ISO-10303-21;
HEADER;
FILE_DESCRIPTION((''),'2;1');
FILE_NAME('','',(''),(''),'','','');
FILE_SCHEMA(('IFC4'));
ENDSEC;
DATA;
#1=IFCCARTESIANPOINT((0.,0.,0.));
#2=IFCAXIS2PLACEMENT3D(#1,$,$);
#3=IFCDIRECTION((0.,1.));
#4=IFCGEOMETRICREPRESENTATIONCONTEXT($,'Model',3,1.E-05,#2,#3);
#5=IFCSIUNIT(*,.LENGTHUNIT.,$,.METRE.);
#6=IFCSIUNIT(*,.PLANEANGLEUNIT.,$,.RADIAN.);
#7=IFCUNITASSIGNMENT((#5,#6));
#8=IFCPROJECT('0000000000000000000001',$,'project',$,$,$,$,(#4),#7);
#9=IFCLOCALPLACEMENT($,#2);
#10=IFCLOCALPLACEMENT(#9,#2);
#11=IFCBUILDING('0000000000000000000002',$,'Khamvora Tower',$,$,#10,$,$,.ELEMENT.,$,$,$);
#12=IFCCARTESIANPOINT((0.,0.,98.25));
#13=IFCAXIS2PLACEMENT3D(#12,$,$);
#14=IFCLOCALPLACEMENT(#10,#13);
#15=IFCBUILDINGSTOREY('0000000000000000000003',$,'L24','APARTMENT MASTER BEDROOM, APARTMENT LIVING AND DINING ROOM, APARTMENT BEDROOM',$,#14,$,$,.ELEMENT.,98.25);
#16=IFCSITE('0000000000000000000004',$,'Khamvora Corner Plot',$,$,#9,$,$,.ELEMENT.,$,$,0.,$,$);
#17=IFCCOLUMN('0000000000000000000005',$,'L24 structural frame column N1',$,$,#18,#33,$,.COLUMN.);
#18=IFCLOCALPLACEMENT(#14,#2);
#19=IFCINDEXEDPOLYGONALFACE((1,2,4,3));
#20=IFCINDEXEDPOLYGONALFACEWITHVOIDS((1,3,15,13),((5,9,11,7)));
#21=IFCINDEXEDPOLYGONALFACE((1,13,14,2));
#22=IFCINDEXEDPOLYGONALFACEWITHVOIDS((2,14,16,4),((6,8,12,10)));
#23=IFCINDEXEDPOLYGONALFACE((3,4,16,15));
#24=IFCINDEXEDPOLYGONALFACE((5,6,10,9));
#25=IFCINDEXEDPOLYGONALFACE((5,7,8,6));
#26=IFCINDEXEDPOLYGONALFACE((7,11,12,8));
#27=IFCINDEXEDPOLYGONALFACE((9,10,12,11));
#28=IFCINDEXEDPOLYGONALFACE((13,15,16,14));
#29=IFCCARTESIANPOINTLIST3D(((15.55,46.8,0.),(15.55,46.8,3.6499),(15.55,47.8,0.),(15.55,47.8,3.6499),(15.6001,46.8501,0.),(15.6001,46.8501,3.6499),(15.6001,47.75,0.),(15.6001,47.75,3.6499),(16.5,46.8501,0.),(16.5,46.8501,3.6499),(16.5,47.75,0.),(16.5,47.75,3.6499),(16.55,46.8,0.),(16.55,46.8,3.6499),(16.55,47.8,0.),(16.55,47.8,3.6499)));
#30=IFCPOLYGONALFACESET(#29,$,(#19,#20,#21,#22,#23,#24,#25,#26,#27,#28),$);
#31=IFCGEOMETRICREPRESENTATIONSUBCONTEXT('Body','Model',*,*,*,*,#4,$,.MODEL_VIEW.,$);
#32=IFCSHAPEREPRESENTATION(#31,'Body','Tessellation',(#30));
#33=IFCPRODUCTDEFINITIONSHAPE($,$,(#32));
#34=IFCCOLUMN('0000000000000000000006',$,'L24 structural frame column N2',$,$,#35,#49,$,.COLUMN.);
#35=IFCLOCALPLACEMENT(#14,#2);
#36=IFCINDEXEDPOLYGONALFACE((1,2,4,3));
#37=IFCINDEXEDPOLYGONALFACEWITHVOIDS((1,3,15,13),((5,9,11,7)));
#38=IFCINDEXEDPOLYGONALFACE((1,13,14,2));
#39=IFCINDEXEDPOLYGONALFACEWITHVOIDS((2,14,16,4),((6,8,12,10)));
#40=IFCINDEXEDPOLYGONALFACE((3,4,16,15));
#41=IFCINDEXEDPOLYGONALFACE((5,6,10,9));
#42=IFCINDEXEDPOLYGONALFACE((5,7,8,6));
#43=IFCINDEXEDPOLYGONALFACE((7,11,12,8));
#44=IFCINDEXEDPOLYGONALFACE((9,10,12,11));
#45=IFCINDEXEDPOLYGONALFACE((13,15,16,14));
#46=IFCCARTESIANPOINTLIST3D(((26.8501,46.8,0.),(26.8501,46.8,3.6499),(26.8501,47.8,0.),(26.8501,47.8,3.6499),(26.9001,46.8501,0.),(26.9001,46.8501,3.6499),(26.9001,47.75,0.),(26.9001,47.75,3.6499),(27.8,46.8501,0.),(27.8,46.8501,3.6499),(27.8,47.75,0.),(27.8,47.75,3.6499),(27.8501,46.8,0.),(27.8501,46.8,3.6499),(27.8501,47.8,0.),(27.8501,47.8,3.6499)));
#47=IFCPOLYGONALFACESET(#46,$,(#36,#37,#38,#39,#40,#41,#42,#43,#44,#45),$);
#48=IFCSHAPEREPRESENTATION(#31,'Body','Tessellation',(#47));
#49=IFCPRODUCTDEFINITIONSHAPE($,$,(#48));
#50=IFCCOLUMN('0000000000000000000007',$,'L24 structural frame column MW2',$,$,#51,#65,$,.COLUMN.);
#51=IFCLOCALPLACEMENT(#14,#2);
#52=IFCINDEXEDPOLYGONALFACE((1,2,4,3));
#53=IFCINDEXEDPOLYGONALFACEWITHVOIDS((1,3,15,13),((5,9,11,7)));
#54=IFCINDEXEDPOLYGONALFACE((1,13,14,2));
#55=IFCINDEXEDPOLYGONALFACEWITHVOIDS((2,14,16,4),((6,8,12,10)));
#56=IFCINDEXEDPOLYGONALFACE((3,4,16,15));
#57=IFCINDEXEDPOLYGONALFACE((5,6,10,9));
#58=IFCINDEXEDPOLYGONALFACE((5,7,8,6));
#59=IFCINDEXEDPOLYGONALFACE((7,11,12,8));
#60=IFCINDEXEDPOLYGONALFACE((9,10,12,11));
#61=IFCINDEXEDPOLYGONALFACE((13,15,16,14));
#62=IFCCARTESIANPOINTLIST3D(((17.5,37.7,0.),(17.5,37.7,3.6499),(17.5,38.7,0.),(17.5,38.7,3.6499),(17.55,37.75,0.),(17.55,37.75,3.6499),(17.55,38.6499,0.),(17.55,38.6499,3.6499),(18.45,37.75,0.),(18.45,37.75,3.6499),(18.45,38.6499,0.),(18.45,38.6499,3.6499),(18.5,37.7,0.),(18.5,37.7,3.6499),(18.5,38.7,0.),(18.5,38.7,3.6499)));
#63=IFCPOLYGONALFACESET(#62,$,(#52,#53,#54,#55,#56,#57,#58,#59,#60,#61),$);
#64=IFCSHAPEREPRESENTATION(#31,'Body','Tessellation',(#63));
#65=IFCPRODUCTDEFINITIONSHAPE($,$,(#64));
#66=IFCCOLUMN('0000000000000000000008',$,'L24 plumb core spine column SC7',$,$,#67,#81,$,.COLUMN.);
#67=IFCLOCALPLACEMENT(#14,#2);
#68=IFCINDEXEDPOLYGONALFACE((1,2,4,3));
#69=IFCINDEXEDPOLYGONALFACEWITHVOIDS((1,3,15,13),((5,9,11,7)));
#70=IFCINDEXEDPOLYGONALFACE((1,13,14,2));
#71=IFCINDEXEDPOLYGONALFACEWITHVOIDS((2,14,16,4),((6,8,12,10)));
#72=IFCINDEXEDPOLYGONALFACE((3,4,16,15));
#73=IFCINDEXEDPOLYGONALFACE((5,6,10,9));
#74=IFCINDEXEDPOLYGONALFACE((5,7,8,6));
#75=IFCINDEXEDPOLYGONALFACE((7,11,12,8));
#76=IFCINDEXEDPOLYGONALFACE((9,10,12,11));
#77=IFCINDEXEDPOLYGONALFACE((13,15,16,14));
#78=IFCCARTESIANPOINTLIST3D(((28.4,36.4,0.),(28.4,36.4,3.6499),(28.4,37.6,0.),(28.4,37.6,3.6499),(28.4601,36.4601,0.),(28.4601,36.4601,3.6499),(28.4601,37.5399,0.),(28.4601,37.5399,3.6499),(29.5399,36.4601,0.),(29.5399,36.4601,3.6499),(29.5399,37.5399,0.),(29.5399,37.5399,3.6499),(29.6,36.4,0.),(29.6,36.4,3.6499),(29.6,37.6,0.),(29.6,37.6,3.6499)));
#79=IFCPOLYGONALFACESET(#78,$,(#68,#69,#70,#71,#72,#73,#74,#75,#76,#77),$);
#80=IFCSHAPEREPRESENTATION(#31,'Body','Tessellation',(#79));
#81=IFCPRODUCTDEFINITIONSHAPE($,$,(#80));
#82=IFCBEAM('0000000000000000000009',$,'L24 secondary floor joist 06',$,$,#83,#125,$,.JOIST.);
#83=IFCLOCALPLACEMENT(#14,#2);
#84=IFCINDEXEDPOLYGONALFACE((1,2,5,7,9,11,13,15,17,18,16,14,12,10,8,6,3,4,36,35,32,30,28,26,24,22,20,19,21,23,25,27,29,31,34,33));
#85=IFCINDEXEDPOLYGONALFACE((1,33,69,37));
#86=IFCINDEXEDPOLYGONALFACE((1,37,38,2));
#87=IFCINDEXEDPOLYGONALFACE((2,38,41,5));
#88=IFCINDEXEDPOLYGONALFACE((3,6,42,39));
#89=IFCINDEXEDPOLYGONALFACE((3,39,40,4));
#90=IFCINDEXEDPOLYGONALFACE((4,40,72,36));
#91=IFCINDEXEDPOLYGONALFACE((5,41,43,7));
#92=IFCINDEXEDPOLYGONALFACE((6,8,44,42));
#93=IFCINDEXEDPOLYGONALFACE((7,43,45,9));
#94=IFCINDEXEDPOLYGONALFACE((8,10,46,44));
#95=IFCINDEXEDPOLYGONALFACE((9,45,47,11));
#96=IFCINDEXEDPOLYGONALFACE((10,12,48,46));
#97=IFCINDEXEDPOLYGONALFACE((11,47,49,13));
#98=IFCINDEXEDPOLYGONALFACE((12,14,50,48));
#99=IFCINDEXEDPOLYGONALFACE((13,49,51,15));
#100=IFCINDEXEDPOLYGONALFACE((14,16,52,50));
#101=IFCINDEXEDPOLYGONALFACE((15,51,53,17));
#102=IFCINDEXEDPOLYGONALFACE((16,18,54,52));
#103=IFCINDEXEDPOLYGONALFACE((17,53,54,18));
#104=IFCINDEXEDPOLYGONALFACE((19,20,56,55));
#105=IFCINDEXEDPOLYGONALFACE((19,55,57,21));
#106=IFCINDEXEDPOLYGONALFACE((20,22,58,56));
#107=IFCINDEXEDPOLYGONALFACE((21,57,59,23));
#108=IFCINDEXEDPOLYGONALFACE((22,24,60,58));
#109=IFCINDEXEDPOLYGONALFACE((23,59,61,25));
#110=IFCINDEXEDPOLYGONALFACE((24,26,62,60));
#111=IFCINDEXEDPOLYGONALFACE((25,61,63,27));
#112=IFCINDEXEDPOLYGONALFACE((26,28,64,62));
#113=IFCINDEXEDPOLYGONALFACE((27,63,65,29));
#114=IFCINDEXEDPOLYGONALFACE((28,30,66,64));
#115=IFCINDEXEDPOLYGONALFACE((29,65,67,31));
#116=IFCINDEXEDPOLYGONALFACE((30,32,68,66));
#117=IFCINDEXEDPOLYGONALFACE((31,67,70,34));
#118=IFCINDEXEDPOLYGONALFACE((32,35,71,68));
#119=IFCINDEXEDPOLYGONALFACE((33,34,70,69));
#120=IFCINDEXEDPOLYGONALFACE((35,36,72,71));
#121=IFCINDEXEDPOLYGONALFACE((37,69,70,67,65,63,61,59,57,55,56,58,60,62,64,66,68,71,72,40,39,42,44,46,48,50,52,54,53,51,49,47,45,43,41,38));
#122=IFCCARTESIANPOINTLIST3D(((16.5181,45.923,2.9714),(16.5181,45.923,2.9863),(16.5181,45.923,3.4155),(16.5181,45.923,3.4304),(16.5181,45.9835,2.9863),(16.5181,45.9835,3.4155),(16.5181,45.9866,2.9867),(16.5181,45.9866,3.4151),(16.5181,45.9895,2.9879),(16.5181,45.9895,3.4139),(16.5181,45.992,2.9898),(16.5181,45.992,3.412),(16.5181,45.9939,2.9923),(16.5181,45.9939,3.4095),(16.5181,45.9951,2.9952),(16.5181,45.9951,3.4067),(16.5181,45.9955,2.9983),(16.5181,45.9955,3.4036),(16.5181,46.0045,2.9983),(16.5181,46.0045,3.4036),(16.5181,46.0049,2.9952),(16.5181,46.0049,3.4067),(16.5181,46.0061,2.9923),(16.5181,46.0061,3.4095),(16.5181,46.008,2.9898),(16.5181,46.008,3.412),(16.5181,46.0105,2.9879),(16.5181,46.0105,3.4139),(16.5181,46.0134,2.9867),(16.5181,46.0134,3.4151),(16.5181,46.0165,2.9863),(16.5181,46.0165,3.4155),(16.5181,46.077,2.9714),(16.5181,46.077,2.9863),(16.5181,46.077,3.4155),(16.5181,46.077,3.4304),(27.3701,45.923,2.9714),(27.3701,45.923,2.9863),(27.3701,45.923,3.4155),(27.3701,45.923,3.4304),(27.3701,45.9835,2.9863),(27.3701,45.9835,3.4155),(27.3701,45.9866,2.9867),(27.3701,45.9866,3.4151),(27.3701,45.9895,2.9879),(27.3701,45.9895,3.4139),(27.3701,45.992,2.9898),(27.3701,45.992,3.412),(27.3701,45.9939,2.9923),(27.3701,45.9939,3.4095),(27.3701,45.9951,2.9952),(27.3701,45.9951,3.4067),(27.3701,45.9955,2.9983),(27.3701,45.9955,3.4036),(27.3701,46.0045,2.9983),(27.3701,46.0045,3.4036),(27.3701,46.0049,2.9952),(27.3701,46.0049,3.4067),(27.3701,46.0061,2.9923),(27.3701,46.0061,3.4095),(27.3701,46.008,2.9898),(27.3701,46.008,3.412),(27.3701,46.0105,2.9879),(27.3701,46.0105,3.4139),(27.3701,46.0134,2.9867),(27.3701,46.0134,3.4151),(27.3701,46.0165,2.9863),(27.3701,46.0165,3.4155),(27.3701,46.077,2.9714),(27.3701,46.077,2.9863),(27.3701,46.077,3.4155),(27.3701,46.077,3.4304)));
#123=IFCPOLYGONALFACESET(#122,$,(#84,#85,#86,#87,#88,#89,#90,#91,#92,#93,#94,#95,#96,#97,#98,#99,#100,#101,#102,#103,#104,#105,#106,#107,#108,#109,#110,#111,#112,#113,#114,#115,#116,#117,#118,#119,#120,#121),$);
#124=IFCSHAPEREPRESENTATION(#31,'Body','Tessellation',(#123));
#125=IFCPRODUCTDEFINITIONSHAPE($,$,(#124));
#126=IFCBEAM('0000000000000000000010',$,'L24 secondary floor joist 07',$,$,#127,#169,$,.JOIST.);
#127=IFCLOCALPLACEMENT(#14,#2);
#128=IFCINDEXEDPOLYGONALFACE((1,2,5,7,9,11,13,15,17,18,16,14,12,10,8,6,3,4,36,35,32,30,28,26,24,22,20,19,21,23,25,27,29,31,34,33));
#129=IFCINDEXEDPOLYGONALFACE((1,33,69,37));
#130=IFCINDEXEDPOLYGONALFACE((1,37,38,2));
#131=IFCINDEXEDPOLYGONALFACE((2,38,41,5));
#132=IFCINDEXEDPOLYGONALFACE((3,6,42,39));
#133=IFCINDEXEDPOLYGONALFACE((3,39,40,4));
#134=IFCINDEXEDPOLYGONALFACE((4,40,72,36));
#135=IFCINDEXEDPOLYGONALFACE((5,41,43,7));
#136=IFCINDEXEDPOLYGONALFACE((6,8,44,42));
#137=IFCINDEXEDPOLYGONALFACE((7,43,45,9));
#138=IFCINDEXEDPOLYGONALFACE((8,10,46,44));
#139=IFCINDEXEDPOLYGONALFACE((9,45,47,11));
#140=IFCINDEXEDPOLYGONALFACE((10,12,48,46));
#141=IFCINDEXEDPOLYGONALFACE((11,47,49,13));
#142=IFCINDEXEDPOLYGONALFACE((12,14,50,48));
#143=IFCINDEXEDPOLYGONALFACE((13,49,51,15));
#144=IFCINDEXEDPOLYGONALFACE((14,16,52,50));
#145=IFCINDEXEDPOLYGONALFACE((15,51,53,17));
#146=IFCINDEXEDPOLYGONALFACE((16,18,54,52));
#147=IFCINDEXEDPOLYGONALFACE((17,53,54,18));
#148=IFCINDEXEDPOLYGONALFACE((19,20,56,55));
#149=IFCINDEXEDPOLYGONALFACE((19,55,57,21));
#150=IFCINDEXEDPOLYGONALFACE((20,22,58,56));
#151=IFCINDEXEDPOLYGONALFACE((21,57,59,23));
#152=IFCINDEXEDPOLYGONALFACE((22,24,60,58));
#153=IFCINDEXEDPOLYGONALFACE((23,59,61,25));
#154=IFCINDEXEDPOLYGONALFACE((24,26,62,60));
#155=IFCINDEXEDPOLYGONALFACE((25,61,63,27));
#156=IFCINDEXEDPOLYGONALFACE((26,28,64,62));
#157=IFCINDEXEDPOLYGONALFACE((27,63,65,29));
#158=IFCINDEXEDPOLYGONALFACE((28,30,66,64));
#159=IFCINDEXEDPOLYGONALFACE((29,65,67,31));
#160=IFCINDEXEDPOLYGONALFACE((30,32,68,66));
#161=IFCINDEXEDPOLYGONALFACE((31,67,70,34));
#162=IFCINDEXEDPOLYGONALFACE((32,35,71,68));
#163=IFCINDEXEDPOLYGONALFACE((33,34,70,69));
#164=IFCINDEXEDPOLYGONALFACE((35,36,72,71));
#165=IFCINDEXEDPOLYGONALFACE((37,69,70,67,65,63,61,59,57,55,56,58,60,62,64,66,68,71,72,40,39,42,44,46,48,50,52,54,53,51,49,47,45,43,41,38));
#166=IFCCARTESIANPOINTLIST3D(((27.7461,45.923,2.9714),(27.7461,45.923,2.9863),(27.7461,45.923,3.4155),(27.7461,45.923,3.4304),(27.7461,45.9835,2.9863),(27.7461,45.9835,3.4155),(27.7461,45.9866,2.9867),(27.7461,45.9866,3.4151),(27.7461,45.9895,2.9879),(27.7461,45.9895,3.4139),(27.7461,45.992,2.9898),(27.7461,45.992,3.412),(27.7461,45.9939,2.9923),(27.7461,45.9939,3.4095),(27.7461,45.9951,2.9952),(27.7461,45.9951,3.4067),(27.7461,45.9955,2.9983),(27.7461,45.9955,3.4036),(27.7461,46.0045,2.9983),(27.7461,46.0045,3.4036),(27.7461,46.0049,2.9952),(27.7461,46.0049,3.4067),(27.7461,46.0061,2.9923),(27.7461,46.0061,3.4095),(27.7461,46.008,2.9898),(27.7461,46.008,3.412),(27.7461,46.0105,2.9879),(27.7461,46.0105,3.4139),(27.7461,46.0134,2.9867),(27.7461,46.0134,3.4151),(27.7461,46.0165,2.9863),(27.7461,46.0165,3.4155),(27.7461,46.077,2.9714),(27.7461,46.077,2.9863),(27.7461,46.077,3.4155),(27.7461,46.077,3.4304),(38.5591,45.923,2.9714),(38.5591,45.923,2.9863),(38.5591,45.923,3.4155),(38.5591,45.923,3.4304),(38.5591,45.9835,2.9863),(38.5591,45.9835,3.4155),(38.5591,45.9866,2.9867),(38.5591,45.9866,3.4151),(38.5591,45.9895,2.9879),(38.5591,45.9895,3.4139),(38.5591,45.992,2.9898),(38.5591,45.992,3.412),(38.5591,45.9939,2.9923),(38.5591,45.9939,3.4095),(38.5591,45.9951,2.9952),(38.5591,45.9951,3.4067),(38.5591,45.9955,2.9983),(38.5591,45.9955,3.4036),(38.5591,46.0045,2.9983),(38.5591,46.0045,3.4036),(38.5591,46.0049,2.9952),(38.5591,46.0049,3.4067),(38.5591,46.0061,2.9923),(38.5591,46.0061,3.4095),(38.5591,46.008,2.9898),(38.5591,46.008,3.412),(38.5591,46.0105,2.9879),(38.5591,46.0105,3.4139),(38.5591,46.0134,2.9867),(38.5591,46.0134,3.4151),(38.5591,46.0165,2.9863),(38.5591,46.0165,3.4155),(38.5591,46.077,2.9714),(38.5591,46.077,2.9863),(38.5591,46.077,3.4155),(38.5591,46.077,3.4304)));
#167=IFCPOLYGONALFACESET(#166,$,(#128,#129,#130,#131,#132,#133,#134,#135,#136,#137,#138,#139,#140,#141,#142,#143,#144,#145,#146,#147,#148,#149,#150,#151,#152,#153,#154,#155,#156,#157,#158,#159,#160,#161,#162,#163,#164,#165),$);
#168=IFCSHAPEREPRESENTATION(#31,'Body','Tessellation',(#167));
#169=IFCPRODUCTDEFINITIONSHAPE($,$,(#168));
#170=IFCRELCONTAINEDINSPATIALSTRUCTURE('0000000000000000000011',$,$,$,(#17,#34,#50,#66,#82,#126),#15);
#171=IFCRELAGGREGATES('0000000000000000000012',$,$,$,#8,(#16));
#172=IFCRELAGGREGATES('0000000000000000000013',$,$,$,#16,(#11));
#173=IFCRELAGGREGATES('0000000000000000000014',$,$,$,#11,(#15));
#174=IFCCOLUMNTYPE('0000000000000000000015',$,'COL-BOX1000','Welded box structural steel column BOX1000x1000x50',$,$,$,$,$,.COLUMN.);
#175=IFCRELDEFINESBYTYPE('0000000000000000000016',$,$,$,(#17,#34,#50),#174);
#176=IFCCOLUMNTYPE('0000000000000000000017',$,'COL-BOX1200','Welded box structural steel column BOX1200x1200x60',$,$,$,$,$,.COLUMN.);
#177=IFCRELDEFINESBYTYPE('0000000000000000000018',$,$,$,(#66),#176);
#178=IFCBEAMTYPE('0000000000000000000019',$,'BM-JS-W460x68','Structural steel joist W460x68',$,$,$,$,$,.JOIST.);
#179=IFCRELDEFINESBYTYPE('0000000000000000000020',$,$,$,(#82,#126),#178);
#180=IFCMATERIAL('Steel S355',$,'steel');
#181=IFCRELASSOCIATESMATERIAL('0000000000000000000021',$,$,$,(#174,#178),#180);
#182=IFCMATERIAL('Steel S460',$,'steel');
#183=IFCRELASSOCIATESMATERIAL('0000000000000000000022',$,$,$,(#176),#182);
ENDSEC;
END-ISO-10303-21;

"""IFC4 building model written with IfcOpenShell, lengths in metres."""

from ifc_helpers import new_model, si_unit, direction, frame, origin, origin_2d, place, context, subcontext, project, spatial, hollow_rectangle, i_section, extrude, material, material_profile, profile_set, type_object, element, save


model = new_model("IFC4")

# Units and contexts
model_context = context("Model", 3, precision=1e-05, world=origin(), true_north=direction((0.0, 1.0)))
body_context = subcontext(model_context, "Body", "Model", "MODEL_VIEW")
ifc_project = project(units=[si_unit("LENGTHUNIT", "METRE"), si_unit("PLANEANGLEUNIT", "RADIAN")], contexts=[model_context])

# Site, building, storey
site_placement = place(None, origin())
site = spatial("IfcSite", under=ifc_project, at=site_placement, Name="Khamvora Corner Plot", CompositionType="ELEMENT", RefElevation=0.0)
building_placement = place(site_placement, origin())
building = spatial("IfcBuilding", under=site, at=building_placement, Name="Khamvora Tower", CompositionType="ELEMENT")
storey_placement = place(building_placement, frame((0.0, 0.0, 98.25)))
storey = spatial("IfcBuildingStorey", under=building, at=storey_placement, Name="L24", Description="APARTMENT MASTER BEDROOM, APARTMENT LIVING AND DINING ROOM, APARTMENT BEDROOM", CompositionType="ELEMENT", Elevation=98.25)

# Columns
ifc_material_1 = material(Name="Steel S355", Category="steel")
ifc_material_profile_1 = material_profile(ifc_material_1, hollow_rectangle(XDim=1.0, YDim=1.0, WallThickness=0.05, at=origin_2d()), Name="BOX1000x1000x50")
ifc_profile_set_1 = profile_set([ifc_material_profile_1], Name="Steel S355")
column_type_1 = type_object("IfcColumnType", Name="COL-BOX1000", Description="Welded box structural steel column BOX1000x1000x50", PredefinedType="COLUMN", material=ifc_profile_set_1)
for number, where, z_axis, x_axis, name in (
    (1, (16.05, 47.3, 0.0), (0.0, 0.0, 1.0), (1.0, 0.0, 0.0), "L24 structural frame column N1"),
    (2, (27.3501, 47.3, 0.0), (0.0, 0.0, 1.0), (1.0, 0.0, 0.0), "L24 structural frame column N2"),
    (3, (18.0, 38.2, 0.0), (0.0, 0.0, 1.0), (1.0, 0.0, 0.0), "L24 structural frame column MW2"),
):
    element("IfcColumn", number, at=place(storey_placement, frame(where, z_axis=z_axis, x_axis=x_axis)), inside=storey, type_object=column_type_1, Name=name, PredefinedType="COLUMN", context=body_context, shape_type="SweptSolid", body=[
        extrude(hollow_rectangle(XDim=1.0, YDim=1.0, WallThickness=0.05, at=origin_2d()), origin(), (0.0, 0.0, 1.0), 3.6499),
    ])
ifc_material_2 = material(Name="Steel S460", Category="steel")
ifc_material_profile_2 = material_profile(ifc_material_2, hollow_rectangle(XDim=1.2, YDim=1.2, WallThickness=0.0601, at=origin_2d()), Name="BOX1200x1200x60")
ifc_profile_set_2 = profile_set([ifc_material_profile_2], Name="Steel S460")
column_type_2 = type_object("IfcColumnType", Name="COL-BOX1200", Description="Welded box structural steel column BOX1200x1200x60", PredefinedType="COLUMN", material=ifc_profile_set_2)
column_placement = place(storey_placement, frame((29.0, 37.0, 0.0), z_axis=(0.0, 0.0, 1.0), x_axis=(1.0, 0.0, 0.0)))
element("IfcColumn", 4, at=column_placement, inside=storey, type_object=column_type_2, Name="L24 plumb core spine column SC7", PredefinedType="COLUMN", context=body_context, shape_type="SweptSolid", body=[
    extrude(hollow_rectangle(XDim=1.2, YDim=1.2, WallThickness=0.0601, at=origin_2d()), origin(), (0.0, 0.0, 1.0), 3.6499),
])

# Beams
ifc_material_profile_3 = material_profile(ifc_material_1, i_section(OverallWidth=0.1541, OverallDepth=0.459, WebThickness=0.009, FlangeThickness=0.0149, FilletRadius=0.012, at=origin_2d()), Name="W460x68")
ifc_profile_set_3 = profile_set([ifc_material_profile_3], Name="Steel S355")
beam_type_1 = type_object("IfcBeamType", Name="BM-JS-W460x68", Description="Structural steel joist W460x68", PredefinedType="JOIST", material=ifc_profile_set_3)
beam_1_placement = place(storey_placement, frame((16.5181, 46.0, 3.2009), z_axis=(1.0, 0.0, 0.0), x_axis=(0.0, 1.0, 0.0)))
element("IfcBeam", 5, at=beam_1_placement, inside=storey, type_object=beam_type_1, Name="L24 secondary floor joist 06", PredefinedType="JOIST", context=body_context, shape_type="SweptSolid", body=[
    extrude(i_section(OverallWidth=0.1541, OverallDepth=0.459, WebThickness=0.009, FlangeThickness=0.0149, FilletRadius=0.012, at=origin_2d()), origin(), (0.0, 0.0, 1.0), 10.8521),
])
beam_2_placement = place(storey_placement, frame((27.7461, 46.0, 3.2009), z_axis=(1.0, 0.0, 0.0), x_axis=(0.0, 1.0, 0.0)))
element("IfcBeam", 6, at=beam_2_placement, inside=storey, type_object=beam_type_1, Name="L24 secondary floor joist 07", PredefinedType="JOIST", context=body_context, shape_type="SweptSolid", body=[
    extrude(i_section(OverallWidth=0.1541, OverallDepth=0.459, WebThickness=0.009, FlangeThickness=0.0149, FilletRadius=0.012, at=origin_2d()), origin(), (0.0, 0.0, 1.0), 10.813),
])

save(model, "model.ifc")
